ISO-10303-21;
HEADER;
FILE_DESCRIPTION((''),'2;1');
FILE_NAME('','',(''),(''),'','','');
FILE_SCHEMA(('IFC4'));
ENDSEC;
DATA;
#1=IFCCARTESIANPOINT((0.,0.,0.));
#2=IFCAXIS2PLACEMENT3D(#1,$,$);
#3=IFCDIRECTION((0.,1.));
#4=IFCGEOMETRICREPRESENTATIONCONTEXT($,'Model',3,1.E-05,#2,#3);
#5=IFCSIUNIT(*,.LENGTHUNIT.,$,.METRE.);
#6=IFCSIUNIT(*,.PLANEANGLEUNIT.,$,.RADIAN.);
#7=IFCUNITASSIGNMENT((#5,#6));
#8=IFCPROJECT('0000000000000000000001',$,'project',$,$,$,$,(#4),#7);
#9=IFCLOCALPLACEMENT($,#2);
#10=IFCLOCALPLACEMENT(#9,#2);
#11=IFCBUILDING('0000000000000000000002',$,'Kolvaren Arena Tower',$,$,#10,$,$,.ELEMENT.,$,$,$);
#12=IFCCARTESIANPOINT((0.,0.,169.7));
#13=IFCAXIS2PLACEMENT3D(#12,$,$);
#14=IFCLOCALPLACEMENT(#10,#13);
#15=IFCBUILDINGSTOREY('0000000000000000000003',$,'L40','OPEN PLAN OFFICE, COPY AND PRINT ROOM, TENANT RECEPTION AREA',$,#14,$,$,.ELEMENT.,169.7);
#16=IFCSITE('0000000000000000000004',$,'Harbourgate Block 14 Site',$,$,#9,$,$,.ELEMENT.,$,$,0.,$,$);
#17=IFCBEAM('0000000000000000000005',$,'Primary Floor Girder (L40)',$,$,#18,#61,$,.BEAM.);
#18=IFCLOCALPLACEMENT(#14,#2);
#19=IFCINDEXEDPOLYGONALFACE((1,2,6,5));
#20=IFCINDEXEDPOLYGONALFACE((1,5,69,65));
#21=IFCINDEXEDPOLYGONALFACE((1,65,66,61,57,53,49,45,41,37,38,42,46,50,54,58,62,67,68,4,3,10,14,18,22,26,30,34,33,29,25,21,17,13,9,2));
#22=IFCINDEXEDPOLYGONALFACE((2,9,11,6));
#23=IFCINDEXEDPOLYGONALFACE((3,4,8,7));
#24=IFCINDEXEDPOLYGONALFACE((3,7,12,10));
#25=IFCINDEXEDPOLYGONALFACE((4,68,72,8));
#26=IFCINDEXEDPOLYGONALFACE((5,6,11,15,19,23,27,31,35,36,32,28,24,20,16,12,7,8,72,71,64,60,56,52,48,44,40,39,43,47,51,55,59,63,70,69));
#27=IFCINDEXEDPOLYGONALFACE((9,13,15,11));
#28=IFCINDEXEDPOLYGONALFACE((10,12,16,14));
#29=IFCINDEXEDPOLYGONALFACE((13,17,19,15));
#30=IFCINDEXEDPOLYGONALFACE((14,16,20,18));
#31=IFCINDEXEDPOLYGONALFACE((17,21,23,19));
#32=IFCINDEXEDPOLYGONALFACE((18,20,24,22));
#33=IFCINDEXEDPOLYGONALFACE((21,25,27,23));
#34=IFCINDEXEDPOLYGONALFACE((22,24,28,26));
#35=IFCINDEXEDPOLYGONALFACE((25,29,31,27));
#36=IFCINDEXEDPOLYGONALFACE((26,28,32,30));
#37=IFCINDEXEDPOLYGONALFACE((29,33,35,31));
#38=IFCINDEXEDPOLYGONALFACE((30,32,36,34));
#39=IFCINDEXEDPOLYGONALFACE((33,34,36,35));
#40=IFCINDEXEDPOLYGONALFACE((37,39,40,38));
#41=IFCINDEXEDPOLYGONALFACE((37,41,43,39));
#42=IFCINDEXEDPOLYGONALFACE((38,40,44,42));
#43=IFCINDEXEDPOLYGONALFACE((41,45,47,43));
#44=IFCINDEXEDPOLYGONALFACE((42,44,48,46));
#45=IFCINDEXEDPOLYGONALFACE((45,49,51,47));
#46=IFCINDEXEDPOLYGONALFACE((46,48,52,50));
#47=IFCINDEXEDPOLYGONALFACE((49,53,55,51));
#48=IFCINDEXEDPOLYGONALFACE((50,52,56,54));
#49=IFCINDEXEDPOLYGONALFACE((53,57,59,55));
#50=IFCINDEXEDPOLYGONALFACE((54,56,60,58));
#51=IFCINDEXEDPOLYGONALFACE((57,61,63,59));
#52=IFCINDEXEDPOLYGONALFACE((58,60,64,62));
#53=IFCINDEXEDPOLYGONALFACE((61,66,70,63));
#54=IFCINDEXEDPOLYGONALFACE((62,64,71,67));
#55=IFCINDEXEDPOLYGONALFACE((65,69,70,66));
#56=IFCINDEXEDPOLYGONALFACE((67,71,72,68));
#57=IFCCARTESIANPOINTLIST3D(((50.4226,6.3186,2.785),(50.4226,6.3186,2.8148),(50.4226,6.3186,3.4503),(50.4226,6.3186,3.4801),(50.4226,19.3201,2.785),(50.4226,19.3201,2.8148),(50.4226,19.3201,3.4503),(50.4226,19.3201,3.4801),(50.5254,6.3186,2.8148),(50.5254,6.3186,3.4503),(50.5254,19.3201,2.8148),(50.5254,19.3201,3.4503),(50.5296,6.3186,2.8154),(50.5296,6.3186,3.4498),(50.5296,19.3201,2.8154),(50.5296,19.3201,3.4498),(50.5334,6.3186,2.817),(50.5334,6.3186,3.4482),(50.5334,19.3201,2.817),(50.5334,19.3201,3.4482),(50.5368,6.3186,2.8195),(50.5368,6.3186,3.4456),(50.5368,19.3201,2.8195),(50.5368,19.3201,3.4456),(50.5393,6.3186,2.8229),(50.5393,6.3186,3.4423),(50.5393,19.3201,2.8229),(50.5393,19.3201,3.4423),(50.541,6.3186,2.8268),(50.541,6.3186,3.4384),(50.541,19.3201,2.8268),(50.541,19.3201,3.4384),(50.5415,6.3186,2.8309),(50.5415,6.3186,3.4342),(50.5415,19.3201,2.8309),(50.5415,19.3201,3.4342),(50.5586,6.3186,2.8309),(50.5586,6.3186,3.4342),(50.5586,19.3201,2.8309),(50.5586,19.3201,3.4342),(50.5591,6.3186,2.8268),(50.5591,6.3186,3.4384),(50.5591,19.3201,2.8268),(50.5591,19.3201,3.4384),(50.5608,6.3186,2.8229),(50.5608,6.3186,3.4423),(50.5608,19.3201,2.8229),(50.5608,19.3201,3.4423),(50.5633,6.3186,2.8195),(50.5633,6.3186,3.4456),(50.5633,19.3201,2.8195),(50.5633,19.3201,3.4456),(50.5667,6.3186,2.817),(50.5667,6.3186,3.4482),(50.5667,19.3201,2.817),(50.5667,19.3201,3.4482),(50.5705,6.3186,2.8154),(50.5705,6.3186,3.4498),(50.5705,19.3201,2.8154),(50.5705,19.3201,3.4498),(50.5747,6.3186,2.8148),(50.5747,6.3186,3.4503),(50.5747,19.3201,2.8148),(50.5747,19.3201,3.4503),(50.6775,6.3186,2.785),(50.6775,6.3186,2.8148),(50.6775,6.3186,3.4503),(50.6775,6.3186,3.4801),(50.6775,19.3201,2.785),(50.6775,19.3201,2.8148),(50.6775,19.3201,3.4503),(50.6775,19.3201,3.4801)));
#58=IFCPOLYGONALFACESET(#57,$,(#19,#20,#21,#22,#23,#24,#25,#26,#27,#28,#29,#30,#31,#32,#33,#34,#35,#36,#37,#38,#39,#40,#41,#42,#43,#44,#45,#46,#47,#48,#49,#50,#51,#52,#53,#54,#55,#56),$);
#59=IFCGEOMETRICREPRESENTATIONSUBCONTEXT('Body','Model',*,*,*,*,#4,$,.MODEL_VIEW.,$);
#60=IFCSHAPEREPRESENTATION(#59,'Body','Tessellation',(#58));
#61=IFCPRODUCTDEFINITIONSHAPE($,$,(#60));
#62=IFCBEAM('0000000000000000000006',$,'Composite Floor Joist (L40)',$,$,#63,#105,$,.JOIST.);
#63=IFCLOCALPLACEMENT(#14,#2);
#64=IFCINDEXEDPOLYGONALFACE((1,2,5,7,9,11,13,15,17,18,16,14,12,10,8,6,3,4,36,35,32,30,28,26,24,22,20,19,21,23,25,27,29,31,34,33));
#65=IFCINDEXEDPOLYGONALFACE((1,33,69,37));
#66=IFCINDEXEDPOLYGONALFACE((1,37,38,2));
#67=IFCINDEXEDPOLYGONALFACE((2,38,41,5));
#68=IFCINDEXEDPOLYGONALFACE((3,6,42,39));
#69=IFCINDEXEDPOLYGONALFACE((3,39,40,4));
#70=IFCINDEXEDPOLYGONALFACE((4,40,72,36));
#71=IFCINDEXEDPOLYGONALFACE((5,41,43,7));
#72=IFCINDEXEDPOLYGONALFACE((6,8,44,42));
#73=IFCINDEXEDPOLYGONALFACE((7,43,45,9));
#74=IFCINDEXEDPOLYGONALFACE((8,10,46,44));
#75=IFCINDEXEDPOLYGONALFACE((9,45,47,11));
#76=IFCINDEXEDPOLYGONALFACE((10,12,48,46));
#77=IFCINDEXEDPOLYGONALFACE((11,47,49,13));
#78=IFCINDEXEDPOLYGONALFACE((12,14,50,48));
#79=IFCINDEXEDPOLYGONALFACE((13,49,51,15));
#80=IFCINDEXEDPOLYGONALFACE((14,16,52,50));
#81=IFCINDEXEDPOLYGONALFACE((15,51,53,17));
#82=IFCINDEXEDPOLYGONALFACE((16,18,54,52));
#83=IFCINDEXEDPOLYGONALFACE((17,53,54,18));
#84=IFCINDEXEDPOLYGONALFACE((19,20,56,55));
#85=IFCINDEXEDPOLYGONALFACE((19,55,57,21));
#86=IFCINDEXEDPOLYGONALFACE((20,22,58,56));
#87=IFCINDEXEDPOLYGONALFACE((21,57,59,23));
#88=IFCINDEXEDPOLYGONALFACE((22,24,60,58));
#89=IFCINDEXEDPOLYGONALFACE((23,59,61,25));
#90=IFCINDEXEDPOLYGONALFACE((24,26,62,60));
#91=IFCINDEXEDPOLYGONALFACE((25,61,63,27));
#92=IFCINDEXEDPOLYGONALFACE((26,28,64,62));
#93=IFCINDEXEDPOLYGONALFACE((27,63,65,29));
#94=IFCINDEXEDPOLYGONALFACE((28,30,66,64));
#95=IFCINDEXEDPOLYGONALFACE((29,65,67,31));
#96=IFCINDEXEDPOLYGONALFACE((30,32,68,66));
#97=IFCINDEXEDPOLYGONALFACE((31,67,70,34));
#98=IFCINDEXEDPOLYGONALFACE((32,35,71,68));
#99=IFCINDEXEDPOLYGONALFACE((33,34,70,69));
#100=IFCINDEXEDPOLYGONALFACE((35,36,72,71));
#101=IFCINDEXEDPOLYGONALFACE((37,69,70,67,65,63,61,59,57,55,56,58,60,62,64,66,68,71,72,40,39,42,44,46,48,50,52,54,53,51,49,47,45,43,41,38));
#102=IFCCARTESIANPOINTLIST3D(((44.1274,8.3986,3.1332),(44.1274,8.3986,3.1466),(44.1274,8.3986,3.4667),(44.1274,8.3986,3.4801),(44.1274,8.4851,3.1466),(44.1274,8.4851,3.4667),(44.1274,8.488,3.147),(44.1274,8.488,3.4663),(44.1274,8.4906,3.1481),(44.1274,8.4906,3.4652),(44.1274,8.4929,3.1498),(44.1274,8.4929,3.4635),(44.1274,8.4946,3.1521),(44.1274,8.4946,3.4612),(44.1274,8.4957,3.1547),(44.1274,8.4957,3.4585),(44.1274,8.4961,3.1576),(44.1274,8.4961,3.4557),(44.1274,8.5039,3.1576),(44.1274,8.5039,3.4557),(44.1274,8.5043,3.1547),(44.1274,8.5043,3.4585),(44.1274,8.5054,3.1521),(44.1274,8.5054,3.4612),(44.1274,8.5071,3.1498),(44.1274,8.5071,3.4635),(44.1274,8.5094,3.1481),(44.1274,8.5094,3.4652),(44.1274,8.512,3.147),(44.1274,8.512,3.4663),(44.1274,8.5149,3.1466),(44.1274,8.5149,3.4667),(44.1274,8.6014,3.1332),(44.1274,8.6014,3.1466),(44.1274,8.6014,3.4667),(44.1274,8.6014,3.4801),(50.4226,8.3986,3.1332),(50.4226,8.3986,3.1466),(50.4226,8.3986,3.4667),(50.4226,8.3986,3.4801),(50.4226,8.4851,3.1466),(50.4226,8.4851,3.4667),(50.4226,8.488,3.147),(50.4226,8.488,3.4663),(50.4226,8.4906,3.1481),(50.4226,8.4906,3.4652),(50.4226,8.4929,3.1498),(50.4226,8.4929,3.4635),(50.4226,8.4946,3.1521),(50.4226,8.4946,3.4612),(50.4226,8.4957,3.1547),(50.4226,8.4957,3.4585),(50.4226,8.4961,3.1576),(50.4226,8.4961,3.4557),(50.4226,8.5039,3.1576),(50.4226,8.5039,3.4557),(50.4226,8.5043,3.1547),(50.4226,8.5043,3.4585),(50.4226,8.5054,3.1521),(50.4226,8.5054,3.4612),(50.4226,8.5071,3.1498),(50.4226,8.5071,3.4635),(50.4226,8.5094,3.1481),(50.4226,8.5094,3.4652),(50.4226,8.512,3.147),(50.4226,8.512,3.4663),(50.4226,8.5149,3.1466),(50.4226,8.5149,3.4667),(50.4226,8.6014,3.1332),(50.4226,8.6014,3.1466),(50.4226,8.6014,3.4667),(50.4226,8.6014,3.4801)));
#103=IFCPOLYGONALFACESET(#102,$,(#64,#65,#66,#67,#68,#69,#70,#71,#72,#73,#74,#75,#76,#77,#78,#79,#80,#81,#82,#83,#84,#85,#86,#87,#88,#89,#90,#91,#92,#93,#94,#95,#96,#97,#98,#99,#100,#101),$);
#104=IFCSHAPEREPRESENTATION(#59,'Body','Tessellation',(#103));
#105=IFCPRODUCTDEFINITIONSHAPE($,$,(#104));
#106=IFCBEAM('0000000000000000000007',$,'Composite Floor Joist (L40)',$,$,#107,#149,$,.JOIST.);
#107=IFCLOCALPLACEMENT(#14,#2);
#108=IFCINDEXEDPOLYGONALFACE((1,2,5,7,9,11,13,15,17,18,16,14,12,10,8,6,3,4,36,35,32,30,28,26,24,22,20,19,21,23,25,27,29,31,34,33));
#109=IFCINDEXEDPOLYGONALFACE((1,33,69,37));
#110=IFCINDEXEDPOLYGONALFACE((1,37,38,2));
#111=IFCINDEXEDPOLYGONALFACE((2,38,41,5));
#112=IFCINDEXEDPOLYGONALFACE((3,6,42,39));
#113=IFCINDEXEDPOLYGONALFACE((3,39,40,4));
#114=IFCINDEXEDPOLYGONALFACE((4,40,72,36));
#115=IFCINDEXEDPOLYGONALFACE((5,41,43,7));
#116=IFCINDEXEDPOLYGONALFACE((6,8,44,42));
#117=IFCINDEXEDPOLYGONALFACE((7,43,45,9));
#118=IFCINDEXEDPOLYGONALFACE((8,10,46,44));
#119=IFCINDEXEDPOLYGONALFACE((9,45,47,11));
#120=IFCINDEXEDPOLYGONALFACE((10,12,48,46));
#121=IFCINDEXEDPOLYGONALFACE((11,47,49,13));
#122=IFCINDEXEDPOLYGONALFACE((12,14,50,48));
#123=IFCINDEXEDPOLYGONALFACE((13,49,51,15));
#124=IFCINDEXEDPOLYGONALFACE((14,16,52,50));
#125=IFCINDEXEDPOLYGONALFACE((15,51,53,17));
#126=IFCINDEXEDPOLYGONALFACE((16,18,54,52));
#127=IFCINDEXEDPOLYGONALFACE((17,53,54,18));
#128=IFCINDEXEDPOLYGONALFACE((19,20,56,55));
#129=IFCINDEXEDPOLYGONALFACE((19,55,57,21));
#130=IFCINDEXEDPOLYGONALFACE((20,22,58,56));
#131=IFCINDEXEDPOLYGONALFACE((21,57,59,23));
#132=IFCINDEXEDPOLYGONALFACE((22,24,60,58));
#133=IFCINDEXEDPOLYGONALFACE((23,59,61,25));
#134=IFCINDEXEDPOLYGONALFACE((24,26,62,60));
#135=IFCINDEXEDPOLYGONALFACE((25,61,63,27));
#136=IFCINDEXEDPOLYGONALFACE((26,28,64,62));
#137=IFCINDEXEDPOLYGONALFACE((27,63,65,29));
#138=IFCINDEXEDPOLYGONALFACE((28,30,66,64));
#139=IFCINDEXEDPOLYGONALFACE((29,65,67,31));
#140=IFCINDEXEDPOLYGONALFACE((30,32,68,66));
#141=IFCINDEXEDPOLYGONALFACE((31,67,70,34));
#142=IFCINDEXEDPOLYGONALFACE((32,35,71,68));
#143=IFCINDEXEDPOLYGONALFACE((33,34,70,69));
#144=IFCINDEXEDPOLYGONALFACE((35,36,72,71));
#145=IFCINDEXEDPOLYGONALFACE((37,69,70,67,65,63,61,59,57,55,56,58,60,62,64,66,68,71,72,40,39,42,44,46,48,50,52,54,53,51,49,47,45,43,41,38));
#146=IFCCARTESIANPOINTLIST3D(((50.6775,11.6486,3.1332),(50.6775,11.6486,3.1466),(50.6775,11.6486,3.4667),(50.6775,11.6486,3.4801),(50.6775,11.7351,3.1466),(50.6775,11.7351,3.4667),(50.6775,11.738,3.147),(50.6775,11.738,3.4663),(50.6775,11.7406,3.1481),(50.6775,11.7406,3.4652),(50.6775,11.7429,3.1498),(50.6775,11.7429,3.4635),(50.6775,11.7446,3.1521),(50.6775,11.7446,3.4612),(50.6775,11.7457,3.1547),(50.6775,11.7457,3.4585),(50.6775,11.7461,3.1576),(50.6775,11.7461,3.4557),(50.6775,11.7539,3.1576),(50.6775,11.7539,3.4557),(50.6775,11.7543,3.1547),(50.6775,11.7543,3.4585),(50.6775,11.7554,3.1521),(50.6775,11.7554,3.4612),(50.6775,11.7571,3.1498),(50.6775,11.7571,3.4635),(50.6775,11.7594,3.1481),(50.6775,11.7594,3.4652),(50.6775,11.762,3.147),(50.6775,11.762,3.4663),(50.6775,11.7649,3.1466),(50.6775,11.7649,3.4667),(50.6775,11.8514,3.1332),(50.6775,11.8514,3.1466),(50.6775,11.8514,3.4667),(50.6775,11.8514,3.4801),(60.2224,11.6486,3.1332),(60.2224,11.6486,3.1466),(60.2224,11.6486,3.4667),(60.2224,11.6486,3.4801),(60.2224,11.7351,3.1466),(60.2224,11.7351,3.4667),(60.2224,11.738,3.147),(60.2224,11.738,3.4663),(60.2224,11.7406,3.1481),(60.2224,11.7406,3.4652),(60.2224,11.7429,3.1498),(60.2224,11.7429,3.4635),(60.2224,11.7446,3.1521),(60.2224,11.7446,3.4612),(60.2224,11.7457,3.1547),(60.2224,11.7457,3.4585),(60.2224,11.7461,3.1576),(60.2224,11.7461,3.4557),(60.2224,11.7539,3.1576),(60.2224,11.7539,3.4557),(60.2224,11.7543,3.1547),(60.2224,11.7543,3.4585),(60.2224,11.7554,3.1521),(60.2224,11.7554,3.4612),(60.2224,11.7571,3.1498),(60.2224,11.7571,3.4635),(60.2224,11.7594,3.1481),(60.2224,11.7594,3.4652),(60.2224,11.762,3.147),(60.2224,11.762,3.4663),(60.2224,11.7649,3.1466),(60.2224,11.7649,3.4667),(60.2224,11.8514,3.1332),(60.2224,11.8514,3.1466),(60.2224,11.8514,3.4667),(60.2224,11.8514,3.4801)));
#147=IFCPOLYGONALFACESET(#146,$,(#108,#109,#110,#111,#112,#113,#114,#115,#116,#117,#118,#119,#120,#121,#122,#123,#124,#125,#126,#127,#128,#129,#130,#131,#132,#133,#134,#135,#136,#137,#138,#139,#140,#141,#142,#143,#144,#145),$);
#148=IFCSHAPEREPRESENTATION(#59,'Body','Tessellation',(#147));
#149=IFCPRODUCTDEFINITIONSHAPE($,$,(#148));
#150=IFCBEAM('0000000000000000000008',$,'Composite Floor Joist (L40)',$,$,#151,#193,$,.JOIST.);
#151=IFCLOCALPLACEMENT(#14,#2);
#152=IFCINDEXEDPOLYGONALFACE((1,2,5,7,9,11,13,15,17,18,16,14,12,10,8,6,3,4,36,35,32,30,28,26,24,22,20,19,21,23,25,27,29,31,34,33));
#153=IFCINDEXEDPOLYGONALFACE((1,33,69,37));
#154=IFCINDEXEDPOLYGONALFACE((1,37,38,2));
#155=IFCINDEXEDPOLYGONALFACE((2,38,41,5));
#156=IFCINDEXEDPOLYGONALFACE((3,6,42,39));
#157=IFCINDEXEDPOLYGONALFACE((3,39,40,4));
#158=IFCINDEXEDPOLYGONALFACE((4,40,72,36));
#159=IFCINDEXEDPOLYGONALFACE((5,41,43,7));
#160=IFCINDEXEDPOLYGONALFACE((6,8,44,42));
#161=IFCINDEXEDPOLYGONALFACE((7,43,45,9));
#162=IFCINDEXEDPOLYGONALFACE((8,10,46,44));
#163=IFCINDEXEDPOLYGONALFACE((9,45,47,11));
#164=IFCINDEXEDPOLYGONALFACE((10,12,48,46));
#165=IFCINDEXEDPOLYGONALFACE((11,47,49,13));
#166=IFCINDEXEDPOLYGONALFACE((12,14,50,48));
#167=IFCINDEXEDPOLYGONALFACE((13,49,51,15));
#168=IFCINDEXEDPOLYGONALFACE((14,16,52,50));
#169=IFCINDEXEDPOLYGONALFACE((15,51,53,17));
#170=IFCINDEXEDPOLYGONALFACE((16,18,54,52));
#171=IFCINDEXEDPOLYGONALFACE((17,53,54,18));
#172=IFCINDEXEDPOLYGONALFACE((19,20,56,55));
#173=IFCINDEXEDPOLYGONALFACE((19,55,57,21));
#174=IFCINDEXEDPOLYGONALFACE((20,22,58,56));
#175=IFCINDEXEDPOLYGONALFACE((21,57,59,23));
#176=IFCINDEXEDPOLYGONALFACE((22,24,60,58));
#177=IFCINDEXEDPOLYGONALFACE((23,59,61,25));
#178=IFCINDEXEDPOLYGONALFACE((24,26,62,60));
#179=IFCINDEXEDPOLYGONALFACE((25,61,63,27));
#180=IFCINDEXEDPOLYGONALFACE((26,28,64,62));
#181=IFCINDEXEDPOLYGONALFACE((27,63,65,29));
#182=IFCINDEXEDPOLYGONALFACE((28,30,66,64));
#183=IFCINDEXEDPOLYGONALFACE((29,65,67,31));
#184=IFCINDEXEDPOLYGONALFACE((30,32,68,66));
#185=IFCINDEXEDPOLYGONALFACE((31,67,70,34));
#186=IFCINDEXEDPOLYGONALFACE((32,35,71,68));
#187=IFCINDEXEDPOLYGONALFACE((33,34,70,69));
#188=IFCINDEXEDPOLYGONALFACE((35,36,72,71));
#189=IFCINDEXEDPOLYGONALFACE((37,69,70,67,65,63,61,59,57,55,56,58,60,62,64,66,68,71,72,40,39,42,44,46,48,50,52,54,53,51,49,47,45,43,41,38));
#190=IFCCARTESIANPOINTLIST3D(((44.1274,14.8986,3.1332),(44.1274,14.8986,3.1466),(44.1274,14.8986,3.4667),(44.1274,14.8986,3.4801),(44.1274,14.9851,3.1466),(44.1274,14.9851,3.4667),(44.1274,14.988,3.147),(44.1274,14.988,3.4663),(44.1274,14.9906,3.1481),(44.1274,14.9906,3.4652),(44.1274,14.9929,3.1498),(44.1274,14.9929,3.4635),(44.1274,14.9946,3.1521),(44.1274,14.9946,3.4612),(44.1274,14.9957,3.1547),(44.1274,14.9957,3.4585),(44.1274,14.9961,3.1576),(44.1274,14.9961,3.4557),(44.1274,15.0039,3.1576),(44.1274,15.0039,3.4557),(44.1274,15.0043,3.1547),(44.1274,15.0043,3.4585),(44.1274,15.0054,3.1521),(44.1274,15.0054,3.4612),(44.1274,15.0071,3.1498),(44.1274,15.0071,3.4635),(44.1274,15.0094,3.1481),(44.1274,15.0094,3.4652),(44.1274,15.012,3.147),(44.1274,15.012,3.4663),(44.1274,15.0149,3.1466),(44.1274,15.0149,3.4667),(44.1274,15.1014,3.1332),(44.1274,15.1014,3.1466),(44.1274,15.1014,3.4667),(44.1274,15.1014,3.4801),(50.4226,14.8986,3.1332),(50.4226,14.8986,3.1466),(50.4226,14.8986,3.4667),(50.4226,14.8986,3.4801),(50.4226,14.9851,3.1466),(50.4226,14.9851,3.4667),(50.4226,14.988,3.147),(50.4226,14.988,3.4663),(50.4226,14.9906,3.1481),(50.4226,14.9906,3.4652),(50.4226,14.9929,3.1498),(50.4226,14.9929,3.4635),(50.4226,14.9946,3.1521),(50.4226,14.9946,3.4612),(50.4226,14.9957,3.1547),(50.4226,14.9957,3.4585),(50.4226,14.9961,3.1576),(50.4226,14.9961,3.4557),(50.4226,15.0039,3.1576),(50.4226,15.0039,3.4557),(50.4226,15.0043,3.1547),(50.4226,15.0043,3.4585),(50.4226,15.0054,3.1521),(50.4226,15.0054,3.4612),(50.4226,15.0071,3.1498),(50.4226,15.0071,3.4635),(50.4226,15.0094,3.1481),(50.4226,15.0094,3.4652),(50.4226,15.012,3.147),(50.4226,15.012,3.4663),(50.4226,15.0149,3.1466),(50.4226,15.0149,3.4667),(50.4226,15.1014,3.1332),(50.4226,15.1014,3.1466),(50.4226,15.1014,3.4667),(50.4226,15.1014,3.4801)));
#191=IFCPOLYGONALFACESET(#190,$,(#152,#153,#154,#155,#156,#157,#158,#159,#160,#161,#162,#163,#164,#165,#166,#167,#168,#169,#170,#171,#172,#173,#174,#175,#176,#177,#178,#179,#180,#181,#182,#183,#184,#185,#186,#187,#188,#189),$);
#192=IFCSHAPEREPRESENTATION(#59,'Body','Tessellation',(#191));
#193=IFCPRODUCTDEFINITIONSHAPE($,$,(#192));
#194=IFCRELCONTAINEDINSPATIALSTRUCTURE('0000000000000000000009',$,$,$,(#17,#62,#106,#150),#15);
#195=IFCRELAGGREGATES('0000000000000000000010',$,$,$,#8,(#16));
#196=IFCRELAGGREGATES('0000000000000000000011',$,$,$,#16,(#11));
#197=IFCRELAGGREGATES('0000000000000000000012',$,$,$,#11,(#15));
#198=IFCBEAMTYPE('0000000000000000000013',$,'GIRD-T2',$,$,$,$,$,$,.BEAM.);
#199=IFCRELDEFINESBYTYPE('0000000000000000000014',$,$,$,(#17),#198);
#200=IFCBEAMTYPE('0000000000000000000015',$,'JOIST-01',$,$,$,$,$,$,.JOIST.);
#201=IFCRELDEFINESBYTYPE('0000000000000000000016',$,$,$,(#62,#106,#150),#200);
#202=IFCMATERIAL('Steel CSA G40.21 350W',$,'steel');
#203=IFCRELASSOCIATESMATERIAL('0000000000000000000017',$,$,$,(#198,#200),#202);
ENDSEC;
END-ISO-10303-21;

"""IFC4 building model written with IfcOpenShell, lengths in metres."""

from ifc_helpers import new_model, si_unit, direction, frame, origin, origin_2d, place, context, subcontext, project, spatial, i_section, extrude, material, material_profile, profile_set, type_object, element, save


model = new_model("IFC4")

# Units and contexts
model_context = context("Model", 3, precision=1e-05, world=origin(), true_north=direction((0.0, 1.0)))
body_context = subcontext(model_context, "Body", "Model", "MODEL_VIEW")
ifc_project = project(units=[si_unit("LENGTHUNIT", "METRE"), si_unit("PLANEANGLEUNIT", "RADIAN")], contexts=[model_context])

# Site, building, storey
site_placement = place(None, origin())
site = spatial("IfcSite", under=ifc_project, at=site_placement, Name="Harbourgate Block 14 Site", CompositionType="ELEMENT", RefElevation=0.0)
building_placement = place(site_placement, origin())
building = spatial("IfcBuilding", under=site, at=building_placement, Name="Kolvaren Arena Tower", CompositionType="ELEMENT")
storey_placement = place(building_placement, frame((0.0, 0.0, 169.7)))
storey = spatial("IfcBuildingStorey", under=building, at=storey_placement, Name="L40", Description="OPEN PLAN OFFICE, COPY AND PRINT ROOM, TENANT RECEPTION AREA", CompositionType="ELEMENT", Elevation=169.7)

# Beams
ifc_material_1 = material(Name="Steel CSA G40.21 350W", Category="steel")
ifc_material_profile_1 = material_profile(ifc_material_1, i_section(OverallWidth=0.2549, OverallDepth=0.6951, WebThickness=0.0171, FlangeThickness=0.0298, FilletRadius=0.0161, at=origin_2d()), Name="W690x217")
ifc_profile_set_1 = profile_set([ifc_material_profile_1], Name="Steel CSA G40.21 350W")
beam_type_1 = type_object("IfcBeamType", Name="GIRD-T2", PredefinedType="BEAM", material=ifc_profile_set_1)
beam_1_placement = place(storey_placement, frame((50.55, 6.3186, 3.1326), z_axis=(0.0, 1.0, 0.0), x_axis=(-1.0, 0.0, 0.0)))
element("IfcBeam", 1, at=beam_1_placement, inside=storey, type_object=beam_type_1, Name="Primary Floor Girder (L40)", PredefinedType="BEAM", context=body_context, shape_type="SweptSolid", body=[
    extrude(i_section(OverallWidth=0.2549, OverallDepth=0.6951, WebThickness=0.0171, FlangeThickness=0.0298, FilletRadius=0.0161, at=origin_2d()), origin(), (0.0, 0.0, 1.0), 13.0015),
])
ifc_material_profile_2 = material_profile(ifc_material_1, i_section(OverallWidth=0.2029, OverallDepth=0.3469, WebThickness=0.0078, FlangeThickness=0.0134, FilletRadius=0.011, at=origin_2d()), Name="W360x64")
ifc_profile_set_2 = profile_set([ifc_material_profile_2], Name="Steel CSA G40.21 350W")
beam_type_2 = type_object("IfcBeamType", Name="JOIST-01", PredefinedType="JOIST", material=ifc_profile_set_2)
beam_2_placement = place(storey_placement, frame((44.1274, 8.5, 3.3066), z_axis=(1.0, 0.0, 0.0), x_axis=(0.0, 1.0, 0.0)))
element("IfcBeam", 2, at=beam_2_placement, inside=storey, type_object=beam_type_2, Name="Composite Floor Joist (L40)", PredefinedType="JOIST", context=body_context, shape_type="SweptSolid", body=[
    extrude(i_section(OverallWidth=0.2029, OverallDepth=0.3469, WebThickness=0.0078, FlangeThickness=0.0134, FilletRadius=0.011, at=origin_2d()), origin(), (0.0, 0.0, 1.0), 6.2952),
])
beam_3_placement = place(storey_placement, frame((50.6775, 11.75, 3.3066), z_axis=(1.0, 0.0, 0.0), x_axis=(0.0, 1.0, 0.0)))
element("IfcBeam", 3, at=beam_3_placement, inside=storey, type_object=beam_type_2, Name="Composite Floor Joist (L40)", PredefinedType="JOIST", context=body_context, shape_type="SweptSolid", body=[
    extrude(i_section(OverallWidth=0.2029, OverallDepth=0.3469, WebThickness=0.0078, FlangeThickness=0.0134, FilletRadius=0.011, at=origin_2d()), origin(), (0.0, 0.0, 1.0), 9.5449),
])
beam_4_placement = place(storey_placement, frame((44.1274, 15.0, 3.3066), z_axis=(1.0, 0.0, 0.0), x_axis=(0.0, 1.0, 0.0)))
element("IfcBeam", 4, at=beam_4_placement, inside=storey, type_object=beam_type_2, Name="Composite Floor Joist (L40)", PredefinedType="JOIST", context=body_context, shape_type="SweptSolid", body=[
    extrude(i_section(OverallWidth=0.2029, OverallDepth=0.3469, WebThickness=0.0078, FlangeThickness=0.0134, FilletRadius=0.011, at=origin_2d()), origin(), (0.0, 0.0, 1.0), 6.2952),
])

save(model, "model.ifc")
